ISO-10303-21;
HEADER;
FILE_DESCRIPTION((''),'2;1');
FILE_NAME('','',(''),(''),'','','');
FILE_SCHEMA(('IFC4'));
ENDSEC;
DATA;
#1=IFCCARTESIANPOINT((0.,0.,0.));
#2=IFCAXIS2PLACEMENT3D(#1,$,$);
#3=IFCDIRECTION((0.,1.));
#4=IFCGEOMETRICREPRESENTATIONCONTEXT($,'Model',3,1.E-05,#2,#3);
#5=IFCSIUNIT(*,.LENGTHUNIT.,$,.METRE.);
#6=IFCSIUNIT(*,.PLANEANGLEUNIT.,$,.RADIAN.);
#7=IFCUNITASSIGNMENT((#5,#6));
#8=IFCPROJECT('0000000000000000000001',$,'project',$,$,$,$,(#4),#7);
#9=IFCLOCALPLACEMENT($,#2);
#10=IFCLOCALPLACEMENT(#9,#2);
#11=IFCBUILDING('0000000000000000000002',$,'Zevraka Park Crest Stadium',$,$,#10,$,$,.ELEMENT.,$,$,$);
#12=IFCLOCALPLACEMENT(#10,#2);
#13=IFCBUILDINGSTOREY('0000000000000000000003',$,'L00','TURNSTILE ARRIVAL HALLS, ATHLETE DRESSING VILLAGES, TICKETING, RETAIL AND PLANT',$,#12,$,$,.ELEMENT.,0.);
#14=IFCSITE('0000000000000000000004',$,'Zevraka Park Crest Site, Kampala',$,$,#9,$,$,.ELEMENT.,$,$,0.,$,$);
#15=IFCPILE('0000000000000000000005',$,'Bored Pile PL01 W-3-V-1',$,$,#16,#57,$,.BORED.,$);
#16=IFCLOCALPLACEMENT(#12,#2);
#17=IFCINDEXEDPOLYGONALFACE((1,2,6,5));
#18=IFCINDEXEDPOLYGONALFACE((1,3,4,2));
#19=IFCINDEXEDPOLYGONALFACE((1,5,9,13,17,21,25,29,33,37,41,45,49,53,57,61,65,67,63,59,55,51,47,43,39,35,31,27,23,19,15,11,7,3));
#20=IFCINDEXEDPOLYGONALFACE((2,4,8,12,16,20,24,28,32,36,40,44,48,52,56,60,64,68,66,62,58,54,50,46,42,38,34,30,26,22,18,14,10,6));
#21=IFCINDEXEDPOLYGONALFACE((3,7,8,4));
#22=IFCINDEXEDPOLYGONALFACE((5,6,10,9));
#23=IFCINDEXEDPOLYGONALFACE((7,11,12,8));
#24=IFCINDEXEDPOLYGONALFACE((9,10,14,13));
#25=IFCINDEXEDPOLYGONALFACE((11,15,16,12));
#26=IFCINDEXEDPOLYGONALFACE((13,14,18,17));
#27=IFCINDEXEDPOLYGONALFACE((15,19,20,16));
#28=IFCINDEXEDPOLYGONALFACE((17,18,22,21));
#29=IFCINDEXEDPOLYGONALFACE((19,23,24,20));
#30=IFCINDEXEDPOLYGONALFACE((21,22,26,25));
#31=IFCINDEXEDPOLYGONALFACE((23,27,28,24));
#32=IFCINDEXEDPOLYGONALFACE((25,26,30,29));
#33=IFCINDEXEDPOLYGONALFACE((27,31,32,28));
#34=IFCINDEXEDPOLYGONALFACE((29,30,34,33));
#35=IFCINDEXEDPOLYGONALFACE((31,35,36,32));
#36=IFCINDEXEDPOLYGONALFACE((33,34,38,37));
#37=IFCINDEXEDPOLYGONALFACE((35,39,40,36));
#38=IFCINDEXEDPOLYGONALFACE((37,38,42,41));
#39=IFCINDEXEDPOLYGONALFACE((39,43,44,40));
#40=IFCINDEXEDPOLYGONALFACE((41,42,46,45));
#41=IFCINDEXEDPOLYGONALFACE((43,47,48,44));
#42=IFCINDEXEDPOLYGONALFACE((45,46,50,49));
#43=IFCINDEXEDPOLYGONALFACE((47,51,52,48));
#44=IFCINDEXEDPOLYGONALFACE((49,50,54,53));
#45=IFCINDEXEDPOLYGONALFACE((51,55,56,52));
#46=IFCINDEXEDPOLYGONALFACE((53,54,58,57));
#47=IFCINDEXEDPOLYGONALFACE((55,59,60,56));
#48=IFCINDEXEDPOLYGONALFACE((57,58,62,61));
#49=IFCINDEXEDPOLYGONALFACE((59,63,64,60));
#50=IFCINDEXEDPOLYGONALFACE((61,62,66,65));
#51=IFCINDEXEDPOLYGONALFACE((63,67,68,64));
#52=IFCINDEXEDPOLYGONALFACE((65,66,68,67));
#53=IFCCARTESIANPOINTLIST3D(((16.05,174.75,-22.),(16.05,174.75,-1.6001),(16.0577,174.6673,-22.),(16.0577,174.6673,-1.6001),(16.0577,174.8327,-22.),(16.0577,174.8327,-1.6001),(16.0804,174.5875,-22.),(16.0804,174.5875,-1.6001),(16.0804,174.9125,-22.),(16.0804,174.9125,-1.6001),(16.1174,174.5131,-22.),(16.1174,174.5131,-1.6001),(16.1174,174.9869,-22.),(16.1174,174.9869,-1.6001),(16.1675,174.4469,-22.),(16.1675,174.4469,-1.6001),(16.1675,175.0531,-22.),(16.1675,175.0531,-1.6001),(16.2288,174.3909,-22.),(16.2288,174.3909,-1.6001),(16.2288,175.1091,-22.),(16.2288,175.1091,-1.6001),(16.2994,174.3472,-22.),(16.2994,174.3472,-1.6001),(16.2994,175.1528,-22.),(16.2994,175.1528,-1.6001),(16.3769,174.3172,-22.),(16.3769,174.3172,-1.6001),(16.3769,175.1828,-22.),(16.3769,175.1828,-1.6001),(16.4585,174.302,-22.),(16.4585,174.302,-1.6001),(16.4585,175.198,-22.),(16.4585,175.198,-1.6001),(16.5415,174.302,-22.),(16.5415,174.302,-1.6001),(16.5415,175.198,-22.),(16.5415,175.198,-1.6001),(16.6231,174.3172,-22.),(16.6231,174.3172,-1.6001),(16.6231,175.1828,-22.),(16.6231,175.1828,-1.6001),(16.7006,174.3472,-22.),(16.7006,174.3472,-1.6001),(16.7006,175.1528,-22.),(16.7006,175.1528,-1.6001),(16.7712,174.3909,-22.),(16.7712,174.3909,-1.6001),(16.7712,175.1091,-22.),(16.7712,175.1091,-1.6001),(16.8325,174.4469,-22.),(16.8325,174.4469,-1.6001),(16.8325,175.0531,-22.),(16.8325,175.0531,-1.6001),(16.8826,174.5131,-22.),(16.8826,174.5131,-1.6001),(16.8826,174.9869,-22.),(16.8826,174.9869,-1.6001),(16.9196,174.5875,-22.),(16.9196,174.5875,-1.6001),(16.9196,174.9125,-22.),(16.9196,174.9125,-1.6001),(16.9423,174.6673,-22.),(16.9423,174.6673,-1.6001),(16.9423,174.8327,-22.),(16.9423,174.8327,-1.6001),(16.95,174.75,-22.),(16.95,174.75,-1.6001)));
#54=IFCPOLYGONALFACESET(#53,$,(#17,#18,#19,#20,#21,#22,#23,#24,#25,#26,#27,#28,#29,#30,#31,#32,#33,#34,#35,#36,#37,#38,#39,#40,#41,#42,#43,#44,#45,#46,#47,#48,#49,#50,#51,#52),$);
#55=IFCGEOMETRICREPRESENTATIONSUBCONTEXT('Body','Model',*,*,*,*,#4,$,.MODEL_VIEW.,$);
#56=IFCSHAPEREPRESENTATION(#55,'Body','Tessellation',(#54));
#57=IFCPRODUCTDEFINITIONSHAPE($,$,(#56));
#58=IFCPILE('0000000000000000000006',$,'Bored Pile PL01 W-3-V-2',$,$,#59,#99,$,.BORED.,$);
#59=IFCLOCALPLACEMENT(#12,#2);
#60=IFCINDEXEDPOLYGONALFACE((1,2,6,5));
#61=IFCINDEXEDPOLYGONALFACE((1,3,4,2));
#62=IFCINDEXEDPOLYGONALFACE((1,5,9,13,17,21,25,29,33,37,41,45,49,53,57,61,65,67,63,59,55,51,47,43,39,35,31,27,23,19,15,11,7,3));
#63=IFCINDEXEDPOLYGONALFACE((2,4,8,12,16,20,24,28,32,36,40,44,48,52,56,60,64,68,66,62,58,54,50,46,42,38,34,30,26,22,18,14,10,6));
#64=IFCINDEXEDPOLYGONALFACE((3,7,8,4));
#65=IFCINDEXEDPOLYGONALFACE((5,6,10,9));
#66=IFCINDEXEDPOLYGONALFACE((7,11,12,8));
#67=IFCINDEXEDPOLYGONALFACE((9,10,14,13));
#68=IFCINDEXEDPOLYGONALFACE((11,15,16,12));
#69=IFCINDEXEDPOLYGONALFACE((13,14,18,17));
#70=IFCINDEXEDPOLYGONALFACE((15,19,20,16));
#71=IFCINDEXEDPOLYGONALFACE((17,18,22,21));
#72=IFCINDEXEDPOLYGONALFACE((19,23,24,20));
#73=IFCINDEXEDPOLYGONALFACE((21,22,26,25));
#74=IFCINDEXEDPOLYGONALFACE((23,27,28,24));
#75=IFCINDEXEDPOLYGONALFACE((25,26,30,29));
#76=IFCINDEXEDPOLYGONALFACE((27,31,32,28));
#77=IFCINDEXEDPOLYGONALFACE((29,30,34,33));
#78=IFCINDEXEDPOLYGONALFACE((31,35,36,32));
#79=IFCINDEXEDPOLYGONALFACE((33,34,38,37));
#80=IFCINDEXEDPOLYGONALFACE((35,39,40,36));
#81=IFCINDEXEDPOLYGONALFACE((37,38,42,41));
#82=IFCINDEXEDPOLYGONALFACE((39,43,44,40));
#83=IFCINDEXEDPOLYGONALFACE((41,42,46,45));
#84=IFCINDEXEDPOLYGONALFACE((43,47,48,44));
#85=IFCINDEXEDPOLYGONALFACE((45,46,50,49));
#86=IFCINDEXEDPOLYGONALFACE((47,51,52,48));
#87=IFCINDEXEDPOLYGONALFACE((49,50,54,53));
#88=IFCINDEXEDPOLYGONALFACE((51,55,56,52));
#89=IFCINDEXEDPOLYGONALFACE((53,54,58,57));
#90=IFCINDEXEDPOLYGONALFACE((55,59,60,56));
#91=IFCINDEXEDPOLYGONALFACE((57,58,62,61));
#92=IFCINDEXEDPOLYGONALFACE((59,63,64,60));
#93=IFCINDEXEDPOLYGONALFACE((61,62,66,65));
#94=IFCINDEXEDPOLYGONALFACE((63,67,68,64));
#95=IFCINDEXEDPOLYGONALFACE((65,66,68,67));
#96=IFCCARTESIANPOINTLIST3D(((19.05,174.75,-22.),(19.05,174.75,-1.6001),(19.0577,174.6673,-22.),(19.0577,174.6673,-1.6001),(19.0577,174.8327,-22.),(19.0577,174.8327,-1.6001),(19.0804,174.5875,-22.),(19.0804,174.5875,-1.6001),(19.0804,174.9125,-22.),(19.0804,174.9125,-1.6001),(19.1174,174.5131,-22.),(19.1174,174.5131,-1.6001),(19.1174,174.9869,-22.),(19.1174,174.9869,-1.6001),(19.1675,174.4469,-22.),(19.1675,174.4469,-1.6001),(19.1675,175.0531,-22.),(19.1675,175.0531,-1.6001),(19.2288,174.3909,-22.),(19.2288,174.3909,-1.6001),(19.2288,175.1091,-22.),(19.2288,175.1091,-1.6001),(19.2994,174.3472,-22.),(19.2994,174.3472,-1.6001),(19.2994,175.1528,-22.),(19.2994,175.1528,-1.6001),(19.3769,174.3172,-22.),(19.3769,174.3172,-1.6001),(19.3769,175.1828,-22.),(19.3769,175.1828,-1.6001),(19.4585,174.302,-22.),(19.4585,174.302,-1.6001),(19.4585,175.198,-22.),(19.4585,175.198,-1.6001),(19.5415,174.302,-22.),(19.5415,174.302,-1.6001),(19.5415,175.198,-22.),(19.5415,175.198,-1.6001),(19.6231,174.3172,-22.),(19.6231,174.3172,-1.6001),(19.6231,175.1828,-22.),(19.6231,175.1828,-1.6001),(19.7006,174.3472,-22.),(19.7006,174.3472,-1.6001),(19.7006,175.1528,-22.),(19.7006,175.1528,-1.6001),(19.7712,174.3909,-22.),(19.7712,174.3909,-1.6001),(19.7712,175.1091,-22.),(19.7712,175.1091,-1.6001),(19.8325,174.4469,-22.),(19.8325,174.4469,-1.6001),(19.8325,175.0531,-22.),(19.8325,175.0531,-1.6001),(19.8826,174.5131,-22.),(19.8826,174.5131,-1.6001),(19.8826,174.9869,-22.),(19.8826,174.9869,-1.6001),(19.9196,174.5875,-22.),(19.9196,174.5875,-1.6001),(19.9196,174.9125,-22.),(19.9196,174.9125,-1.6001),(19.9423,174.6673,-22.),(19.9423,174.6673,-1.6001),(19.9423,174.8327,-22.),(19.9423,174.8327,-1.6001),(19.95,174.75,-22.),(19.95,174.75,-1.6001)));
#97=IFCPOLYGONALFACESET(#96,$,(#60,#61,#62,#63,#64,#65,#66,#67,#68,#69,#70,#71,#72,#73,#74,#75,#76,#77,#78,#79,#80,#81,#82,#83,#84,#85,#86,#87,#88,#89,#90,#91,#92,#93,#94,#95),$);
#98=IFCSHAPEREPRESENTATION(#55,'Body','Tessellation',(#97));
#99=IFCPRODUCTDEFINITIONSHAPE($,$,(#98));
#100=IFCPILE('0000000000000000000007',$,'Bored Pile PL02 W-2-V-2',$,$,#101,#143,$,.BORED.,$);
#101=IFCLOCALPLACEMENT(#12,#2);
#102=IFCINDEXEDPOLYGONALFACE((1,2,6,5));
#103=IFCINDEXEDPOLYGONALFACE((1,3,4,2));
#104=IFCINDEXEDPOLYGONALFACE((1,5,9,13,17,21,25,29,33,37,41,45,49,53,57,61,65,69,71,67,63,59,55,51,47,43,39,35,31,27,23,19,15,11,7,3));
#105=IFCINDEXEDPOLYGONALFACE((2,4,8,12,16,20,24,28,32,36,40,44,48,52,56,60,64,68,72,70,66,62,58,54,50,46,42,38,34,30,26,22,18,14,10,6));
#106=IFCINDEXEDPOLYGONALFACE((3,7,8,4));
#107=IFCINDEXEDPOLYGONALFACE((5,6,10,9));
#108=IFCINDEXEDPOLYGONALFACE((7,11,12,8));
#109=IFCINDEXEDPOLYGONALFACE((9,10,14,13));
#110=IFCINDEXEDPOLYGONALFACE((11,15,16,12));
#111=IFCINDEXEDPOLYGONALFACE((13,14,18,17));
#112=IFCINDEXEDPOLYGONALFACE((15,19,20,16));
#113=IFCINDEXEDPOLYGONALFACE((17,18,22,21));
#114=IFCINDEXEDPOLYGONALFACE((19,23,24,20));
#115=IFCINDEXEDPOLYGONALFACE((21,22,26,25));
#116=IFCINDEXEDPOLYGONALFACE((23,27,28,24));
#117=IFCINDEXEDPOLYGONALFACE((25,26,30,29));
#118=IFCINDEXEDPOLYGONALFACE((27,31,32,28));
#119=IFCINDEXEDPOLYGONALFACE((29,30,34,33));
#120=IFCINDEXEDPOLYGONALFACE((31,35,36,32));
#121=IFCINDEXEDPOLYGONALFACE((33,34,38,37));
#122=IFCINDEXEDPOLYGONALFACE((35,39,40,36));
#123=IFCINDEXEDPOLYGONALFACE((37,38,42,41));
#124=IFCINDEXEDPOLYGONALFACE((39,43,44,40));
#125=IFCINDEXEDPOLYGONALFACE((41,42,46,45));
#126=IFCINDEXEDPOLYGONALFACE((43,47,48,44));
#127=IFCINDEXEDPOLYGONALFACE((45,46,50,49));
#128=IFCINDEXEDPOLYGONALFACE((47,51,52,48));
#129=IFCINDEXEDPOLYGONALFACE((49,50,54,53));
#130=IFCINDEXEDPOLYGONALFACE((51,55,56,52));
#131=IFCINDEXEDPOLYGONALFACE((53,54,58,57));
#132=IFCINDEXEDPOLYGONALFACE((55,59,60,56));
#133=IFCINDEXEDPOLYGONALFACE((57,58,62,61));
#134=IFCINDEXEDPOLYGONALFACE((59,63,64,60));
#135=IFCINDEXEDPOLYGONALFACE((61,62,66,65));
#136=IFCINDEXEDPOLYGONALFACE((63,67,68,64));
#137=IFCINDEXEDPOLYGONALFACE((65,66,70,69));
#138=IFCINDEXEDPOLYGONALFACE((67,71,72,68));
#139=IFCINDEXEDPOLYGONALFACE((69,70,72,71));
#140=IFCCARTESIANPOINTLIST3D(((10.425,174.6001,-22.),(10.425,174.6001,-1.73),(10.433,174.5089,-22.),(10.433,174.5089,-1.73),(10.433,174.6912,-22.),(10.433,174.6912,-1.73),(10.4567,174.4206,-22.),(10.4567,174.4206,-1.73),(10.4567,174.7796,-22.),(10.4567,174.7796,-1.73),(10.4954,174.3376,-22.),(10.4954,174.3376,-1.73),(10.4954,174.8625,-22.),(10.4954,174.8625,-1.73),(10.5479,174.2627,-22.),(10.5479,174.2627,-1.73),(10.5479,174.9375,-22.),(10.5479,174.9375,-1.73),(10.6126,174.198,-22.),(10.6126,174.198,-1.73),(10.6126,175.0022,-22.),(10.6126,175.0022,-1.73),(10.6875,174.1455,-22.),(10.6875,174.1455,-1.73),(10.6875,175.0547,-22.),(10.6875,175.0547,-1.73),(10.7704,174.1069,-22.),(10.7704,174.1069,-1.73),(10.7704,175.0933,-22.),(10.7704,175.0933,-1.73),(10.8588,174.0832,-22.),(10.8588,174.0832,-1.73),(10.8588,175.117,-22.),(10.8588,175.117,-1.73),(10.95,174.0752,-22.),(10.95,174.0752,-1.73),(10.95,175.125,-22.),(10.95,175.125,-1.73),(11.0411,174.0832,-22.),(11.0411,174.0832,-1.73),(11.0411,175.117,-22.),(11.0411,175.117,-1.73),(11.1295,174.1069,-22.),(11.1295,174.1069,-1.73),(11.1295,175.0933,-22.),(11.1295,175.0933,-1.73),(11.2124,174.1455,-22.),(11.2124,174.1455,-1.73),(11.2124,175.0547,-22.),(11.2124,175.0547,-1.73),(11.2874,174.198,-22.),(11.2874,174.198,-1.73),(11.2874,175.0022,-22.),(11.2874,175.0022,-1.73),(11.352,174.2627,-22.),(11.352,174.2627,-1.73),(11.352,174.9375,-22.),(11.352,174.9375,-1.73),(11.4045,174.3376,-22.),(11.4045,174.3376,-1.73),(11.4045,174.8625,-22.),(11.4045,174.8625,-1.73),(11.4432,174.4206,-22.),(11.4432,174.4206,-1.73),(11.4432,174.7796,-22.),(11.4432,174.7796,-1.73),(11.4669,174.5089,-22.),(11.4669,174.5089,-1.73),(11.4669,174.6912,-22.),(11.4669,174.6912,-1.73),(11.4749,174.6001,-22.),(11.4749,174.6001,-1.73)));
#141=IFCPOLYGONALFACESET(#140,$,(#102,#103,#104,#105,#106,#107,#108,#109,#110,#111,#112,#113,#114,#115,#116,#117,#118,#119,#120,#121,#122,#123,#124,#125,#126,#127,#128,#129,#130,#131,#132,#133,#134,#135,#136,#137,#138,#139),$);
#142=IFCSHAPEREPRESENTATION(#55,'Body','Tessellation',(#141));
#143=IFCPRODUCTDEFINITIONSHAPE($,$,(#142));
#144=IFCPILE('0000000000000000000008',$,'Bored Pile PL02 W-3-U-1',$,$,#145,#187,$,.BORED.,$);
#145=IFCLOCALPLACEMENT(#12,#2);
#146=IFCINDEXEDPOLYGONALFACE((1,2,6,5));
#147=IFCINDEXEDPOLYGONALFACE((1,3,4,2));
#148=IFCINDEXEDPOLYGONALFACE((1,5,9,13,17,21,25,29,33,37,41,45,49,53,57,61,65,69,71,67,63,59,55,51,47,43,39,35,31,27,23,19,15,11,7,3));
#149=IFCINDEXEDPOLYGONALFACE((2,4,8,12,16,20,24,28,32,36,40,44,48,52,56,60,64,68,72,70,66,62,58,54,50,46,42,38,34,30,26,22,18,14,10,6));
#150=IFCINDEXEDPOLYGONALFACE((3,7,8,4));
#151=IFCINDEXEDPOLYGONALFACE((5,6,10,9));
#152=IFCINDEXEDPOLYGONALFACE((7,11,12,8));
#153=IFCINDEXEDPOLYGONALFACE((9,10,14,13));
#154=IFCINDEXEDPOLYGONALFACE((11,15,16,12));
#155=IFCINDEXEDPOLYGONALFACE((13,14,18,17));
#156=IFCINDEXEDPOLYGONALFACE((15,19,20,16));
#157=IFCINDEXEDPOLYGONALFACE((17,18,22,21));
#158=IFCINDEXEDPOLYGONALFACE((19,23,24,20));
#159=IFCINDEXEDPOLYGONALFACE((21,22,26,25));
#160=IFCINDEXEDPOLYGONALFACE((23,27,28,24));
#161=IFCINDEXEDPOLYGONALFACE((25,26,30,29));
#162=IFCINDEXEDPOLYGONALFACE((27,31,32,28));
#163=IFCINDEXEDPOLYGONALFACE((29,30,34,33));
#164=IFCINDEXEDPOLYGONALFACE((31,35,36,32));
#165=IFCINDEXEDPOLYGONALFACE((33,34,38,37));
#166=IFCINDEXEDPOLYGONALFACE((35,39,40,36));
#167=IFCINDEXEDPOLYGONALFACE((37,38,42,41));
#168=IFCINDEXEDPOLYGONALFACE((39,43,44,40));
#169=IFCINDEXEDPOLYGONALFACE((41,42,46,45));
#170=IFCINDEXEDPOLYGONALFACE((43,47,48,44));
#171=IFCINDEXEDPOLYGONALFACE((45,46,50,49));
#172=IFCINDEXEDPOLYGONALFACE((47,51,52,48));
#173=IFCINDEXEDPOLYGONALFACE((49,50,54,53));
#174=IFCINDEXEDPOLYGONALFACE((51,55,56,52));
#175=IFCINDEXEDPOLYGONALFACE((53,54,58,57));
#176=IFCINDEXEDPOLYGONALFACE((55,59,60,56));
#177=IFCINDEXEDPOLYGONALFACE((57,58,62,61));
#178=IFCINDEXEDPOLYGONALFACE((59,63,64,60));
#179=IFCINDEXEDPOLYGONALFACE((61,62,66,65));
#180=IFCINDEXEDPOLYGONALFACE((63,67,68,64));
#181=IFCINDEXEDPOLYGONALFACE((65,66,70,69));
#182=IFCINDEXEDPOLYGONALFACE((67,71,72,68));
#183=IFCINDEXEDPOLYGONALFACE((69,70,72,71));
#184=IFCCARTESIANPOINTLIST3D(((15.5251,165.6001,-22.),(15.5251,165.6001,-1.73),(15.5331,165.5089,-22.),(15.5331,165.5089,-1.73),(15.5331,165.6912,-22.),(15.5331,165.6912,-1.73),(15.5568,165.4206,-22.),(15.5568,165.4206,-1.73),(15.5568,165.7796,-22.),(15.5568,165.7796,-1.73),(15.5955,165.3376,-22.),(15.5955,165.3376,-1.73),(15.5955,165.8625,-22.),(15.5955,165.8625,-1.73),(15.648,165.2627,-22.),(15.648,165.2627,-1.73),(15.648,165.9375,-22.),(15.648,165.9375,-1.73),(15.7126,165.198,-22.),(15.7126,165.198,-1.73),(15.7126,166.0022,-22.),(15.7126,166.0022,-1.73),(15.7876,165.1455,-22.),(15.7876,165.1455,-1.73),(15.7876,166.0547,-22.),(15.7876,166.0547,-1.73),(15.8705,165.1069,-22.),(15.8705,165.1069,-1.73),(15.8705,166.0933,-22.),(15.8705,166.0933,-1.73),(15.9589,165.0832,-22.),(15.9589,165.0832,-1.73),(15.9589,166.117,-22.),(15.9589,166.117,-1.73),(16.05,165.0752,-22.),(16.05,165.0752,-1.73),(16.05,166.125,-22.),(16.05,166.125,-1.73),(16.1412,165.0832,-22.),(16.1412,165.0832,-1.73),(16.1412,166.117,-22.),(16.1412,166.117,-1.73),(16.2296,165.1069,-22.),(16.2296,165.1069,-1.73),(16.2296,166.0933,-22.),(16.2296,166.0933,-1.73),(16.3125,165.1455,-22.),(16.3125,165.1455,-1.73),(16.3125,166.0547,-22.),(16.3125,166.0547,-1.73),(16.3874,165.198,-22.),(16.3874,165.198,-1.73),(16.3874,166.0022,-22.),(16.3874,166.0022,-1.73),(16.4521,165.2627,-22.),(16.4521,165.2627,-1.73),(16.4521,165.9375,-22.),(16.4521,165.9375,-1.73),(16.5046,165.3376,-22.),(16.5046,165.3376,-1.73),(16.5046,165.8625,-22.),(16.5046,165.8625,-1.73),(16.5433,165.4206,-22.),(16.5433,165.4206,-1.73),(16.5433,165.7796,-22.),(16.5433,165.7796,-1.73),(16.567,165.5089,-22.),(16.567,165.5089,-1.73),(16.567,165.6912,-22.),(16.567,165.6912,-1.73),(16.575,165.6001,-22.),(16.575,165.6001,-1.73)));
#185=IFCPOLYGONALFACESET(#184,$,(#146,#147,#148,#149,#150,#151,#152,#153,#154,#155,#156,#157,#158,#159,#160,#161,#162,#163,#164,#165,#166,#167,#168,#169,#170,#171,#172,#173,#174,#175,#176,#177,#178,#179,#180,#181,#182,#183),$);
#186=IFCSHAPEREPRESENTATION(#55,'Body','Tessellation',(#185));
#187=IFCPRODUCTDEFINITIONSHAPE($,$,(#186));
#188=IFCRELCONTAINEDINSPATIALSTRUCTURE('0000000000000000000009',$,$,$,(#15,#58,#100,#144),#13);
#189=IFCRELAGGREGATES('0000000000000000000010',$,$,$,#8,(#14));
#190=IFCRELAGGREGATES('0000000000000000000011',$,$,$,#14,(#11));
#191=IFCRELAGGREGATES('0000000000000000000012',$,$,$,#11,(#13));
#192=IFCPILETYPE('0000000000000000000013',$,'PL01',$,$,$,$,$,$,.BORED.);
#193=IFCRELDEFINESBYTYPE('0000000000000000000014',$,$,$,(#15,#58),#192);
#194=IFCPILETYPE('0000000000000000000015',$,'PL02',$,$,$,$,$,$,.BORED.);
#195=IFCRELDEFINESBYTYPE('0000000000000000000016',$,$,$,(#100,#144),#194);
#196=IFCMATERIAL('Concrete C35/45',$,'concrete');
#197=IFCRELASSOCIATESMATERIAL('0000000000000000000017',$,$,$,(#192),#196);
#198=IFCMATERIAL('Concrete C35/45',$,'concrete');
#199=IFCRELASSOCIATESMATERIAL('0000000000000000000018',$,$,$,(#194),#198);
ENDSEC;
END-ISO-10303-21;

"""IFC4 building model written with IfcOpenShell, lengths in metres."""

from ifc_helpers import new_model, si_unit, direction, frame, origin, origin_2d, place, context, subcontext, project, spatial, circle, extrude, material, material_profile, profile_set, type_object, element, save


model = new_model("IFC4")

# Units and contexts
model_context = context("Model", 3, precision=1e-05, world=origin(), true_north=direction((0.0, 1.0)))
body_context = subcontext(model_context, "Body", "Model", "MODEL_VIEW")
ifc_project = project(units=[si_unit("LENGTHUNIT", "METRE"), si_unit("PLANEANGLEUNIT", "RADIAN")], contexts=[model_context])

# Site, building, storey
site_placement = place(None, origin())
site = spatial("IfcSite", under=ifc_project, at=site_placement, Name="Zevraka Park Crest Site, Kampala", CompositionType="ELEMENT", RefElevation=0.0)
building_placement = place(site_placement, origin())
building = spatial("IfcBuilding", under=site, at=building_placement, Name="Zevraka Park Crest Stadium", CompositionType="ELEMENT")
storey_placement = place(building_placement, origin())
storey = spatial("IfcBuildingStorey", under=building, at=storey_placement, Name="L00", Description="TURNSTILE ARRIVAL HALLS, ATHLETE DRESSING VILLAGES, TICKETING, RETAIL AND PLANT", CompositionType="ELEMENT", Elevation=0.0)

# Piles
ifc_material_1 = material(Name="Concrete C35/45", Category="concrete")
ifc_material_profile_1 = material_profile(ifc_material_1, circle(Radius=0.45, at=origin_2d()), Name="PILE D900")
ifc_profile_set_1 = profile_set([ifc_material_profile_1], Name="Concrete C35/45")
pile_type_1 = type_object("IfcPileType", Name="PL01", PredefinedType="BORED", material=ifc_profile_set_1)
for number, where, z_axis, x_axis, name in (
    (1, (16.5, 174.75, -1.6001), (0.0, 0.0, -1.0), (1.0, 0.0, 0.0), "Bored Pile PL01 W-3-V-1"),
    (2, (19.5, 174.75, -1.6001), (0.0, 0.0, -1.0), (1.0, 0.0, 0.0), "Bored Pile PL01 W-3-V-2"),
):
    element("IfcPile", number, at=place(storey_placement, frame(where, z_axis=z_axis, x_axis=x_axis)), inside=storey, type_object=pile_type_1, Name=name, PredefinedType="BORED", context=body_context, shape_type="SweptSolid", body=[
        extrude(circle(Radius=0.45, at=origin_2d()), origin(), (0.0, 0.0, 1.0), 20.3999),
    ])
ifc_material_2 = material(Name="Concrete C35/45", Category="concrete")
ifc_material_profile_2 = material_profile(ifc_material_2, circle(Radius=0.5249, at=origin_2d()), Name="PILE D1050")
ifc_profile_set_2 = profile_set([ifc_material_profile_2], Name="Concrete C35/45")
pile_type_2 = type_object("IfcPileType", Name="PL02", PredefinedType="BORED", material=ifc_profile_set_2)
for number, where, z_axis, x_axis, name in (
    (3, (10.95, 174.6001, -1.73), (0.0, 0.0, -1.0), (1.0, 0.0, 0.0), "Bored Pile PL02 W-2-V-2"),
    (4, (16.05, 165.6001, -1.73), (0.0, 0.0, -1.0), (1.0, 0.0, 0.0), "Bored Pile PL02 W-3-U-1"),
):
    element("IfcPile", number, at=place(storey_placement, frame(where, z_axis=z_axis, x_axis=x_axis)), inside=storey, type_object=pile_type_2, Name=name, PredefinedType="BORED", context=body_context, shape_type="SweptSolid", body=[
        extrude(circle(Radius=0.5249, at=origin_2d()), origin(), (0.0, 0.0, 1.0), 20.27),
    ])

save(model, "model.ifc")
